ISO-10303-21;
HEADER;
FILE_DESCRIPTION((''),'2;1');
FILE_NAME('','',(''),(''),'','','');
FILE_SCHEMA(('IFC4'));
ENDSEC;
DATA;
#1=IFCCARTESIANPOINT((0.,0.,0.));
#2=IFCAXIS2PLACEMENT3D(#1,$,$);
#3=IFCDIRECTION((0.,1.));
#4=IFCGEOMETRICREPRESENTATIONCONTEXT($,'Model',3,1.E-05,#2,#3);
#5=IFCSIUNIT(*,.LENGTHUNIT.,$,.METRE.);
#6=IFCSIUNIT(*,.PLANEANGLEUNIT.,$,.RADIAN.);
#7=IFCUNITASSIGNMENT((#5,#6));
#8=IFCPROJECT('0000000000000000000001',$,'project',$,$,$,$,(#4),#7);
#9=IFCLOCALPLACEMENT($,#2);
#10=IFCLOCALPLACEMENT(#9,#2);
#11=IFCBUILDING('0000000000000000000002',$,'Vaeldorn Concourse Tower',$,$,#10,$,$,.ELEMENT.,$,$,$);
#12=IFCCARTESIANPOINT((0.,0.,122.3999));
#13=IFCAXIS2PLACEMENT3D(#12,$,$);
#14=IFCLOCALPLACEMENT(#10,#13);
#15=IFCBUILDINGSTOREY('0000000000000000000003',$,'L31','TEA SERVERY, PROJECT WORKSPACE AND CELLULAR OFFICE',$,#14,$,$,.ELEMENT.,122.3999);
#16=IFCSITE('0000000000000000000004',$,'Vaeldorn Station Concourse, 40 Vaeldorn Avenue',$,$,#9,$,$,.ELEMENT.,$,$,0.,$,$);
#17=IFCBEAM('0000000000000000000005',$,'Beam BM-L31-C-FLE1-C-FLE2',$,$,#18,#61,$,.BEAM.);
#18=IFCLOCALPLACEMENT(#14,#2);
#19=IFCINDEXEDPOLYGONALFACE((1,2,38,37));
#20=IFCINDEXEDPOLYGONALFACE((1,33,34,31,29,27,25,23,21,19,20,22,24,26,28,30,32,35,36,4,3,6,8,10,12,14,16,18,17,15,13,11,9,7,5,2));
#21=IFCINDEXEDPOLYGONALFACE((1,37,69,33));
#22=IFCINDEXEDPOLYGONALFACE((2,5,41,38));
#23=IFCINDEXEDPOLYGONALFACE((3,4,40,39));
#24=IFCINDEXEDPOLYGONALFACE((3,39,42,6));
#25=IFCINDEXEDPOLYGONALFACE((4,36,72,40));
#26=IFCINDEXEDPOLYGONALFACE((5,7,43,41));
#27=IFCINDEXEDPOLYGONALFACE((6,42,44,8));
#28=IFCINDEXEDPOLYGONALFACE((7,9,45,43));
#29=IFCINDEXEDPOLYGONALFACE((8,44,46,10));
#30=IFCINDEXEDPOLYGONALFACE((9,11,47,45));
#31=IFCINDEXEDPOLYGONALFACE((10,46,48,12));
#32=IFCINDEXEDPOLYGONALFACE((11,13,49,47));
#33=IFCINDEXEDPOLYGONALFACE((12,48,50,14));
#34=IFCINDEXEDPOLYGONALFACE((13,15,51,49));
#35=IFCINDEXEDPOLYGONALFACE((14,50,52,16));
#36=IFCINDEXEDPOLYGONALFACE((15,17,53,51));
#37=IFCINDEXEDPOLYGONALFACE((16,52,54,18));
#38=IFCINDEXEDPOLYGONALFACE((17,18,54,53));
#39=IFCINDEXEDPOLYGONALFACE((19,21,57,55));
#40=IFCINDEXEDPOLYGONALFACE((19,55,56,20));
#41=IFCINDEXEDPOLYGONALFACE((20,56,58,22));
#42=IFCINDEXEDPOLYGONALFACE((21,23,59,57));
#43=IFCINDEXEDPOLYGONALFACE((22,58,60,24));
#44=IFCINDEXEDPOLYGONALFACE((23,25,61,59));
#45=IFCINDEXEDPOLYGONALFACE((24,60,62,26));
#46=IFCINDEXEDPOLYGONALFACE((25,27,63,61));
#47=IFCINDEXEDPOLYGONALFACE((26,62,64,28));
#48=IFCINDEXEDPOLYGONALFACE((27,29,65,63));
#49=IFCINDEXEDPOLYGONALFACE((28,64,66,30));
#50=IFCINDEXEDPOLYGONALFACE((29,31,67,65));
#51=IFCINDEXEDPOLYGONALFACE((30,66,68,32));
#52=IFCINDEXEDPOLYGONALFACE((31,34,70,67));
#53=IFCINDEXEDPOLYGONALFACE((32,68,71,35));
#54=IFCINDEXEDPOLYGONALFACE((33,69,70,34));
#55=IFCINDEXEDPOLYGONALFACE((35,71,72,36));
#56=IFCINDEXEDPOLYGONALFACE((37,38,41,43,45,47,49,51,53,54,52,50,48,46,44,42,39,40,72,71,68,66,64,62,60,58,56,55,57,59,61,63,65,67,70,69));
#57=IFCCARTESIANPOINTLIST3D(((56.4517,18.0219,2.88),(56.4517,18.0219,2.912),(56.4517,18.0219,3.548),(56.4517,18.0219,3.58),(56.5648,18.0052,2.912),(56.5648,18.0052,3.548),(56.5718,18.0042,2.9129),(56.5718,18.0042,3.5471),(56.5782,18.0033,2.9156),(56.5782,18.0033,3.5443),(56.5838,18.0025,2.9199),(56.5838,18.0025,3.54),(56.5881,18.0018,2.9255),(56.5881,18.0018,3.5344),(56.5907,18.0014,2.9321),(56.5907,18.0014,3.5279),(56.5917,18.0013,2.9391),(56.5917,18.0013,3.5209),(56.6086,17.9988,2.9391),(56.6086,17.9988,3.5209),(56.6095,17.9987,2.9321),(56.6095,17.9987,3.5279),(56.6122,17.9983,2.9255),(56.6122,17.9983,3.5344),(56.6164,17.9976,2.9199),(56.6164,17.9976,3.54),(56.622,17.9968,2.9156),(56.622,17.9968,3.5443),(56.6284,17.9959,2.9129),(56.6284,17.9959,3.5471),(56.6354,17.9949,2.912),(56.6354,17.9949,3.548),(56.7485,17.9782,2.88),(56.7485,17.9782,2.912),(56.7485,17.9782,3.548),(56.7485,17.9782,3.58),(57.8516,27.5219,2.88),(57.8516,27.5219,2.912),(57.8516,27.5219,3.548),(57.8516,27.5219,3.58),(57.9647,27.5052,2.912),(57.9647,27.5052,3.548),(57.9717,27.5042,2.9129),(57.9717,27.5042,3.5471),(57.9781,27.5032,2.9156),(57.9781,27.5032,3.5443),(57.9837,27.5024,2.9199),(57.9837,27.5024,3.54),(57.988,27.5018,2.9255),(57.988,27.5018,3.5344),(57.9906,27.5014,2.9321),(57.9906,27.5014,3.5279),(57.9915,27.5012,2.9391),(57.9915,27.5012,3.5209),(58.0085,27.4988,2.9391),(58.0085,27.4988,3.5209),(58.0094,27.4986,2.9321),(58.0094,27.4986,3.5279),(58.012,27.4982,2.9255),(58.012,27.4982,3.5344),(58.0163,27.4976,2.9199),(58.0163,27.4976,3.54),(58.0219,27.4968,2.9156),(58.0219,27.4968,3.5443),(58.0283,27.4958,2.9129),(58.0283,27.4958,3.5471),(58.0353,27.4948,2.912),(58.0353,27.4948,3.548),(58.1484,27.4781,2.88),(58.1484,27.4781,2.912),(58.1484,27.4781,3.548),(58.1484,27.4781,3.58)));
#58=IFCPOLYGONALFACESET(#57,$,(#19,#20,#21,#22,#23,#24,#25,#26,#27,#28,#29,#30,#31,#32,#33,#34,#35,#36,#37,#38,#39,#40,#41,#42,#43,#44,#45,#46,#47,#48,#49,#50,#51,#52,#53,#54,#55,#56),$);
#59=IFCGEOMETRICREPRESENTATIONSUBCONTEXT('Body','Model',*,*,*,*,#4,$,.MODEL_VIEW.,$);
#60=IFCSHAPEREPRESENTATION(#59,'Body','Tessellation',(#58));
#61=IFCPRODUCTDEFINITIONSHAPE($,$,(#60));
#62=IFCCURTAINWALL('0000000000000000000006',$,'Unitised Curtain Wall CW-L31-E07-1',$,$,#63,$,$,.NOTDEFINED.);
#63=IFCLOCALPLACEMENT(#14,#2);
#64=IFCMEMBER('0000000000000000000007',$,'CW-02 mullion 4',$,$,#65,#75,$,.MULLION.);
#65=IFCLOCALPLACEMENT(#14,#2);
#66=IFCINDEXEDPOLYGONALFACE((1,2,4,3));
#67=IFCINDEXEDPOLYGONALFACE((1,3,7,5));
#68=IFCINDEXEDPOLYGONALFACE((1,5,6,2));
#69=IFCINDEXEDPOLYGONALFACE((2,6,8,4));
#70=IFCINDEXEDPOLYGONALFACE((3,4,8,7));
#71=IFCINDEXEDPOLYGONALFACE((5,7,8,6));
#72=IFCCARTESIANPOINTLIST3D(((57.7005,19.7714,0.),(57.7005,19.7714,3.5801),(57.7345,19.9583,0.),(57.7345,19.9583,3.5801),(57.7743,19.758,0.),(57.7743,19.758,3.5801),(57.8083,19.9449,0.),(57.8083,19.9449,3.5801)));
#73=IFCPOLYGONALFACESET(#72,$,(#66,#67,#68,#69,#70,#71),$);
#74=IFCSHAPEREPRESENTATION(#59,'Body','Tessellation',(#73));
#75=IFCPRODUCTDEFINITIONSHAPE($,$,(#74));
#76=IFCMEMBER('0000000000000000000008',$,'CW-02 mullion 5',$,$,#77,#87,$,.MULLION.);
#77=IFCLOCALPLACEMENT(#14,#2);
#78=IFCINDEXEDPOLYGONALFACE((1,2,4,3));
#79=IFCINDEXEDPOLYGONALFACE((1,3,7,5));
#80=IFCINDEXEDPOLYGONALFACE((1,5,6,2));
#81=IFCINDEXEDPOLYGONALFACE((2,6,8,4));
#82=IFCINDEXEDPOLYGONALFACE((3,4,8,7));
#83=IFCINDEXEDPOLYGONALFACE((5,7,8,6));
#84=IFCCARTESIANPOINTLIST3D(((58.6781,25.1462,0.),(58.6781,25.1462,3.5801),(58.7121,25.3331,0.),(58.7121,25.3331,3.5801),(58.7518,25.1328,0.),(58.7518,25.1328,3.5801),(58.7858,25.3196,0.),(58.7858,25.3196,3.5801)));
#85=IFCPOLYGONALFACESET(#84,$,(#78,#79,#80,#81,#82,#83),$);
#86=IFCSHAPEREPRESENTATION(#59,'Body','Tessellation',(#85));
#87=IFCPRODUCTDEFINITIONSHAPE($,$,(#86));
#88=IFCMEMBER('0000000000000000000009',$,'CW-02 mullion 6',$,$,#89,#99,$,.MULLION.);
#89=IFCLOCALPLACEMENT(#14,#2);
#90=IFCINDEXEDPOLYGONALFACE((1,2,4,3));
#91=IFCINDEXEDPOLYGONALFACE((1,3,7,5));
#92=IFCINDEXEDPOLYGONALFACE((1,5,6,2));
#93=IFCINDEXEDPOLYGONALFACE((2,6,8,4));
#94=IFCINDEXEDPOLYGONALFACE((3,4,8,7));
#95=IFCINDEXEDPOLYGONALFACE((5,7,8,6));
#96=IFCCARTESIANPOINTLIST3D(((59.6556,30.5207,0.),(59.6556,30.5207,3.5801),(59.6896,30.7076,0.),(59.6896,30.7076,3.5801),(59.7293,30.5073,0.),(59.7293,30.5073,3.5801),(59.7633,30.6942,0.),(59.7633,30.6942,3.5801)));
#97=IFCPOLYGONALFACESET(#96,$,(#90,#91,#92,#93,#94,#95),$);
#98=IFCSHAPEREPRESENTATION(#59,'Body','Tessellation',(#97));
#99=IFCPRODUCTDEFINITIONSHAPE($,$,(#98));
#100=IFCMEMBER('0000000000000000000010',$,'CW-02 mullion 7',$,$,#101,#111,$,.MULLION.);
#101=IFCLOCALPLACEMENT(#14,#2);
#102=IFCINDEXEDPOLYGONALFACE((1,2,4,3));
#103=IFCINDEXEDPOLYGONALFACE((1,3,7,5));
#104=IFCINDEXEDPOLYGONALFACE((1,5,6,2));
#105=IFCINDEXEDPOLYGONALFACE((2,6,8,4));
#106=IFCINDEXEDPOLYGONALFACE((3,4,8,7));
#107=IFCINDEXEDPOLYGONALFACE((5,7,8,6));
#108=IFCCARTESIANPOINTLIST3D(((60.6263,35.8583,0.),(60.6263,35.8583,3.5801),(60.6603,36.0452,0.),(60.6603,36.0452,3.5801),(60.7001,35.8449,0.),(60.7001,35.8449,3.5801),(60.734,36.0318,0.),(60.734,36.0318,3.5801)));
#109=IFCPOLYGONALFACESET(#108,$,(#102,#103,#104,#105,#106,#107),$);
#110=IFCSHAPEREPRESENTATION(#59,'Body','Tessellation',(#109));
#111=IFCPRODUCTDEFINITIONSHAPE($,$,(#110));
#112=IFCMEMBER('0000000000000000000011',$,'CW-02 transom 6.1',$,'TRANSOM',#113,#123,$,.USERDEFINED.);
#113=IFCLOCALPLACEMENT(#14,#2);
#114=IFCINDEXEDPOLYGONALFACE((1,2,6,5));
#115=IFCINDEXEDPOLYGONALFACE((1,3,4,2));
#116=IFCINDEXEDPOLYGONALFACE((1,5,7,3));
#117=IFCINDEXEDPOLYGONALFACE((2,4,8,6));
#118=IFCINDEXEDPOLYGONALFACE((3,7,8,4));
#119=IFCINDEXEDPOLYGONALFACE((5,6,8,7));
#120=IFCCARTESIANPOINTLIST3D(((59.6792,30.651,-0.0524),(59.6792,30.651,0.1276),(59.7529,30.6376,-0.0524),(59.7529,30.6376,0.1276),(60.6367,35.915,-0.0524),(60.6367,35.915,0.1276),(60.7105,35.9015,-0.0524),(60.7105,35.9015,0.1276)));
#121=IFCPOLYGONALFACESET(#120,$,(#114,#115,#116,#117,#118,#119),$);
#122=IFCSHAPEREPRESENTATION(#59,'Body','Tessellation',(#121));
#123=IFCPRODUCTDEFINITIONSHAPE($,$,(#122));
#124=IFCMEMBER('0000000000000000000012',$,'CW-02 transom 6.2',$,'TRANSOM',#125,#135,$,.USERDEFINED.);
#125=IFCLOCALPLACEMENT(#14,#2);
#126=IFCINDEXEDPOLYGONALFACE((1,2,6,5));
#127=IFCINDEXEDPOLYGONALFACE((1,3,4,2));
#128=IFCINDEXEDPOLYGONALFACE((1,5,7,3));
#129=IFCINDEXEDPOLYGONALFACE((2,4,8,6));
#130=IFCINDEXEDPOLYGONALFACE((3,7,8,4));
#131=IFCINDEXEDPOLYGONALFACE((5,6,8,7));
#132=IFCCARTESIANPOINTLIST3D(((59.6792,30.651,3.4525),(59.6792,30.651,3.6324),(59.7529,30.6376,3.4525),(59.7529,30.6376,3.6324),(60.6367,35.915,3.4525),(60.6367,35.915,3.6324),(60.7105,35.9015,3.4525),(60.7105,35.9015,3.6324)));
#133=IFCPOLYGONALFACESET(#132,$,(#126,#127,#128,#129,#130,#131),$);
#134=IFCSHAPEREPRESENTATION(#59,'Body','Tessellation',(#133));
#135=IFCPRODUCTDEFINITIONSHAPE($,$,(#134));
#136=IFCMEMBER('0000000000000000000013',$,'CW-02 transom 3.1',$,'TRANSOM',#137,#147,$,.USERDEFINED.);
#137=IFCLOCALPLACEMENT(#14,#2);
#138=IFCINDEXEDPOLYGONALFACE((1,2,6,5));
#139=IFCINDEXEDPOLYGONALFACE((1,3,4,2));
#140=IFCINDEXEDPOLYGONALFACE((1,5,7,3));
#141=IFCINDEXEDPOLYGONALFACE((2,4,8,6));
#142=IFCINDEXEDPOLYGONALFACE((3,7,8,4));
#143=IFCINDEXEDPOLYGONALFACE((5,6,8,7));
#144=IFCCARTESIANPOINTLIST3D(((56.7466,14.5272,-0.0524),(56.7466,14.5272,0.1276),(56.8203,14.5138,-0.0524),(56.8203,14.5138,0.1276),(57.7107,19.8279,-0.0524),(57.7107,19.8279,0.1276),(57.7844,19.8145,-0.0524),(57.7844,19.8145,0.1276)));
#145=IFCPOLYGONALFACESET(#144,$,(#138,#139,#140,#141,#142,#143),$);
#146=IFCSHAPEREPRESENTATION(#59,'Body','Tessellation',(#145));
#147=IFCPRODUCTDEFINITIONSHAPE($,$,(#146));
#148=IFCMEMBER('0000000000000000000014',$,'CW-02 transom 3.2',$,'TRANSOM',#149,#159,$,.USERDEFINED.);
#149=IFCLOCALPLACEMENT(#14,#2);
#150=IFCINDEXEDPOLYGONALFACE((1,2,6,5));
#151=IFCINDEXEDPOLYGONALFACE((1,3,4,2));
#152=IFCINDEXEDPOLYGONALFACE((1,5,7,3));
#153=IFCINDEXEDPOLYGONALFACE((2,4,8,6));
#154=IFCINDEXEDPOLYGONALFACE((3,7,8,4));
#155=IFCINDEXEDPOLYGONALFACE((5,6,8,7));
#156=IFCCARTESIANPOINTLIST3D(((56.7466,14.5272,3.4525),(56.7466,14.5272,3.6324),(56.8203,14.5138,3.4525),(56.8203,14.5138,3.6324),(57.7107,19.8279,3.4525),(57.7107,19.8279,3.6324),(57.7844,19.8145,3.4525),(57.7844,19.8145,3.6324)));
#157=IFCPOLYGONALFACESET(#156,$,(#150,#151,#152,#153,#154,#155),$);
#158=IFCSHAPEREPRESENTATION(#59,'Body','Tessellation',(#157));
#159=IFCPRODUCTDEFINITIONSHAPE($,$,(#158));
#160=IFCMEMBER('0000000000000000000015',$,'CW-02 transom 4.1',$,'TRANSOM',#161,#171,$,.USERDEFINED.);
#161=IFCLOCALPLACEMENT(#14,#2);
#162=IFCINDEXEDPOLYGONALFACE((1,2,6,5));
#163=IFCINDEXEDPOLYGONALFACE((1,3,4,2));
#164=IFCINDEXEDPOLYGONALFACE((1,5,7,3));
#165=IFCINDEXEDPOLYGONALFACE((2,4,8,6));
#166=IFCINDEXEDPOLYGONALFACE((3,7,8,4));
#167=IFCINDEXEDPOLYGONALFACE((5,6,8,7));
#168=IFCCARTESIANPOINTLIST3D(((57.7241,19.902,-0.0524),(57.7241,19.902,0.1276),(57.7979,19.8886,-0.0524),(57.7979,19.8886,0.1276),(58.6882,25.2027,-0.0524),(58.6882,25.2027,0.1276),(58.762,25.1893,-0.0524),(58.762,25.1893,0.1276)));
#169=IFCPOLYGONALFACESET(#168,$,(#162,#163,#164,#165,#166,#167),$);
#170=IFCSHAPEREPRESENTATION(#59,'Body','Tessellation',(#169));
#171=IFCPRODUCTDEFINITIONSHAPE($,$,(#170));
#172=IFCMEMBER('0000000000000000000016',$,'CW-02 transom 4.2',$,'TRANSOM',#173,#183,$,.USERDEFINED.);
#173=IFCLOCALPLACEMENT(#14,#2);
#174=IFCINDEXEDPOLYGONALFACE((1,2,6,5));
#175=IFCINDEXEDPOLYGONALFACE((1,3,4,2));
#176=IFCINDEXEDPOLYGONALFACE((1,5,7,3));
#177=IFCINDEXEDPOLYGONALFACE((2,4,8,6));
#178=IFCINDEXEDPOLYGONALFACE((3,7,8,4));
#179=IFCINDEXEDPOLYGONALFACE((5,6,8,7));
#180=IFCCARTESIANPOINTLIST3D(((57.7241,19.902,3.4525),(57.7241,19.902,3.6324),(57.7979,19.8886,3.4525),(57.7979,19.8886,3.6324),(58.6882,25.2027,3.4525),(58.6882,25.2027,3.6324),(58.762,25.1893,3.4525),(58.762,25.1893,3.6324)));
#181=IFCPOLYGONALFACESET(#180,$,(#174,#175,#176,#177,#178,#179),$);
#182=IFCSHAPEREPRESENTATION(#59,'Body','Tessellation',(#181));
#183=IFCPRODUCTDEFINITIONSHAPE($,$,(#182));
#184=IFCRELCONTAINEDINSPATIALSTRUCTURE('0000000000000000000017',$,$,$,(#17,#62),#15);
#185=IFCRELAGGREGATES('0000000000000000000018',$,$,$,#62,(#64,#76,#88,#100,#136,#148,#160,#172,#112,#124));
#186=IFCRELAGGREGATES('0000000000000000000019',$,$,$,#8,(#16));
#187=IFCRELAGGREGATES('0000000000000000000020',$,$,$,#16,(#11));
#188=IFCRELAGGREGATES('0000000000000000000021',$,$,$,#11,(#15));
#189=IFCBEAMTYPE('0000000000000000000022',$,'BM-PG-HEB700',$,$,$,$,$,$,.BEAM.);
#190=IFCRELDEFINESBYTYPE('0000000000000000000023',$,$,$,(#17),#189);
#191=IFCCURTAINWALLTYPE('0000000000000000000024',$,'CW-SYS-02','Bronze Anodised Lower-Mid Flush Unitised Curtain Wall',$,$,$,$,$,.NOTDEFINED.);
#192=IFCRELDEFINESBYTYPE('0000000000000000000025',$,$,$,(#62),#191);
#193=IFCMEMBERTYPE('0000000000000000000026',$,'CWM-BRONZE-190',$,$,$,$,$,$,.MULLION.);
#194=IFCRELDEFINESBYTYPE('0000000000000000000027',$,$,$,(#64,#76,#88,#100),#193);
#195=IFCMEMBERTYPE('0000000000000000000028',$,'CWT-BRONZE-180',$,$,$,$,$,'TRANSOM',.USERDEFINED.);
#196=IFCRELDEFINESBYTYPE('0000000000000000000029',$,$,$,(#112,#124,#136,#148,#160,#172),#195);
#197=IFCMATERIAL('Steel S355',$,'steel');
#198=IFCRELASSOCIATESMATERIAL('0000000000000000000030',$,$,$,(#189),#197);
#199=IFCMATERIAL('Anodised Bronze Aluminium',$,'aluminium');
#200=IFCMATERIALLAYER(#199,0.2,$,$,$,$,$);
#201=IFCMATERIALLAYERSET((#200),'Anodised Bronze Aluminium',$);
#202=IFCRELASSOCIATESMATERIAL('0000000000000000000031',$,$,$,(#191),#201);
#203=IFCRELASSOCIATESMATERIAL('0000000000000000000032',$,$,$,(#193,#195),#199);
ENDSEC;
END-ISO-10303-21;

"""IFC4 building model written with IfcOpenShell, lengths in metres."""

from ifc_helpers import new_model, si_unit, direction, frame, origin, origin_2d, place, context, subcontext, project, spatial, rectangle, i_section, extrude, source, transform, mapped, material, layer, layer_set, material_profile, profile_set, type_object, element, aggregate, save


model = new_model("IFC4")

# Units and contexts
model_context = context("Model", 3, precision=1e-05, world=origin(), true_north=direction((0.0, 1.0)))
body_context = subcontext(model_context, "Body", "Model", "MODEL_VIEW")
ifc_project = project(units=[si_unit("LENGTHUNIT", "METRE"), si_unit("PLANEANGLEUNIT", "RADIAN")], contexts=[model_context])

# Site, building, storey
site_placement = place(None, origin())
site = spatial("IfcSite", under=ifc_project, at=site_placement, Name="Vaeldorn Station Concourse, 40 Vaeldorn Avenue", CompositionType="ELEMENT", RefElevation=0.0)
building_placement = place(site_placement, origin())
building = spatial("IfcBuilding", under=site, at=building_placement, Name="Vaeldorn Concourse Tower", CompositionType="ELEMENT")
storey_placement = place(building_placement, frame((0.0, 0.0, 122.3999)))
storey = spatial("IfcBuildingStorey", under=building, at=storey_placement, Name="L31", Description="TEA SERVERY, PROJECT WORKSPACE AND CELLULAR OFFICE", CompositionType="ELEMENT", Elevation=122.3999)

# Beam
ifc_material_1 = material(Name="Steel S355", Category="steel")
ifc_material_profile_1 = material_profile(ifc_material_1, i_section(OverallWidth=0.3, OverallDepth=0.7, WebThickness=0.0171, FlangeThickness=0.032, FilletRadius=0.0271, at=origin_2d()), Name="HEB 700")
ifc_profile_set_1 = profile_set([ifc_material_profile_1], Name="Steel S355")
beam_type_1 = type_object("IfcBeamType", Name="BM-PG-HEB700", PredefinedType="BEAM", material=ifc_profile_set_1)
shared_shape_1 = source(origin(), body_context, "Body", "SweptSolid", [
    extrude(i_section(OverallWidth=0.3, OverallDepth=0.7, WebThickness=0.0171, FlangeThickness=0.032, FilletRadius=0.0271, at=origin_2d()), origin(), (0.0, 0.0, 1.0), 9.6025),
])
beam_1_placement = place(storey_placement, frame((58.0, 27.5, 3.23), z_axis=(-0.145784, -0.989316, 0.0), x_axis=(0.989316, -0.145784, 0.0)))
element("IfcBeam", 1, at=beam_1_placement, inside=storey, type_object=beam_type_1, Name="Beam BM-L31-C-FLE1-C-FLE2", PredefinedType="BEAM", context=body_context, shape_type="MappedRepresentation", body=[
    mapped(shared_shape_1, transform((0.0, 0.0, 0.0), scale=1.0)),
])

# Curtain wall, members
ifc_material_2 = material(Name="Anodised Bronze Aluminium", Category="aluminium")
ifc_layer_1 = layer(ifc_material_2, 0.2)
ifc_layer_set_1 = layer_set([ifc_layer_1], Name="Anodised Bronze Aluminium")
curtain_wall_type = type_object("IfcCurtainWallType", Name="CW-SYS-02", Description="Bronze Anodised Lower-Mid Flush Unitised Curtain Wall", PredefinedType="NOTDEFINED", material=ifc_layer_set_1)
curtain_wall_placement = place(storey_placement, origin())
curtain_wall = element("IfcCurtainWall", 2, at=curtain_wall_placement, inside=storey, type_object=curtain_wall_type, Name="Unitised Curtain Wall CW-L31-E07-1", PredefinedType="NOTDEFINED")
ifc_material_profile_2 = material_profile(ifc_material_2, rectangle(XDim=0.075, YDim=0.1899, at=origin_2d()), Name="CWM 75x190")
ifc_profile_set_2 = profile_set([ifc_material_profile_2], Name="Anodised Bronze Aluminium")
member_type_1 = type_object("IfcMemberType", Name="CWM-BRONZE-190", PredefinedType="MULLION", material=ifc_profile_set_2)
shared_shape_2 = source(origin(), body_context, "Body", "SweptSolid", [
    extrude(rectangle(XDim=0.075, YDim=0.1899, at=origin_2d()), origin(), (0.0, 0.0, 1.0), 3.5801),
])
member_1_placement = place(storey_placement, frame((57.7544, 19.8582, 0.0), z_axis=(0.0, 0.0, 1.0), x_axis=(-0.983859, 0.178945, 0.0)))
member_1 = element("IfcMember", 3, at=member_1_placement, type_object=member_type_1, Name="CW-02 mullion 4", PredefinedType="MULLION", context=body_context, shape_type="MappedRepresentation", body=[
    mapped(shared_shape_2, transform((0.0, 0.0, 0.0), scale=1.0)),
])
member_2_placement = place(storey_placement, frame((58.7319, 25.2329, 0.0), z_axis=(0.0, 0.0, 1.0), x_axis=(-0.983859, 0.178945, 0.0)))
member_2 = element("IfcMember", 4, at=member_2_placement, type_object=member_type_1, Name="CW-02 mullion 5", PredefinedType="MULLION", context=body_context, shape_type="MappedRepresentation", body=[
    mapped(shared_shape_2, transform((0.0, 0.0, 0.0), scale=1.0)),
])
member_3_placement = place(storey_placement, frame((59.7095, 30.6074, 0.0), z_axis=(0.0, 0.0, 1.0), x_axis=(-0.983859, 0.178945, 0.0)))
member_3 = element("IfcMember", 5, at=member_3_placement, type_object=member_type_1, Name="CW-02 mullion 6", PredefinedType="MULLION", context=body_context, shape_type="MappedRepresentation", body=[
    mapped(shared_shape_2, transform((0.0, 0.0, 0.0), scale=1.0)),
])
member_4_placement = place(storey_placement, frame((60.6802, 35.9451, 0.0), z_axis=(0.0, 0.0, 1.0), x_axis=(-0.983859, 0.178945, 0.0)))
member_4 = element("IfcMember", 6, at=member_4_placement, type_object=member_type_1, Name="CW-02 mullion 7", PredefinedType="MULLION", context=body_context, shape_type="MappedRepresentation", body=[
    mapped(shared_shape_2, transform((0.0, 0.0, 0.0), scale=1.0)),
])
ifc_material_profile_3 = material_profile(ifc_material_2, rectangle(XDim=0.075, YDim=0.1799, at=origin_2d()), Name="CWT 75x180")
ifc_profile_set_3 = profile_set([ifc_material_profile_3], Name="Anodised Bronze Aluminium")
member_type_2 = type_object("IfcMemberType", Name="CWT-BRONZE-180", ElementType="TRANSOM", PredefinedType="USERDEFINED", material=ifc_profile_set_3)
shared_shape_3 = source(origin(), body_context, "Body", "SweptSolid", [
    extrude(rectangle(XDim=0.075, YDim=0.1799, at=origin_2d()), origin(), (0.0, 0.0, 1.0), 5.3503),
])
member_5_placement = place(storey_placement, frame((59.7161, 30.6443, 0.0376), z_axis=(0.178966, 0.983855, 0.0), x_axis=(-0.983855, 0.178966, 0.0)))
member_5 = element("IfcMember", 7, at=member_5_placement, type_object=member_type_2, Name="CW-02 transom 6.1", ObjectType="TRANSOM", PredefinedType="USERDEFINED", context=body_context, shape_type="MappedRepresentation", body=[
    mapped(shared_shape_3, transform((0.0, 0.0, 0.0), scale=1.0)),
])
member_6_placement = place(storey_placement, frame((59.7161, 30.6443, 3.5425), z_axis=(0.178966, 0.983855, 0.0), x_axis=(-0.983855, 0.178966, 0.0)))
member_6 = element("IfcMember", 8, at=member_6_placement, type_object=member_type_2, Name="CW-02 transom 6.2", ObjectType="TRANSOM", PredefinedType="USERDEFINED", context=body_context, shape_type="MappedRepresentation", body=[
    mapped(shared_shape_3, transform((0.0, 0.0, 0.0), scale=1.0)),
])
shared_shape_4 = source(origin(), body_context, "Body", "SweptSolid", [
    extrude(rectangle(XDim=0.075, YDim=0.1799, at=origin_2d()), origin(), (0.0, 0.0, 1.0), 5.3877),
])
member_7_placement = place(storey_placement, frame((56.7834, 14.5205, 0.0376), z_axis=(0.178945, 0.983859, 0.0), x_axis=(-0.983859, 0.178945, 0.0)))
member_7 = element("IfcMember", 9, at=member_7_placement, type_object=member_type_2, Name="CW-02 transom 3.1", ObjectType="TRANSOM", PredefinedType="USERDEFINED", context=body_context, shape_type="MappedRepresentation", body=[
    mapped(shared_shape_4, transform((0.0, 0.0, 0.0), scale=1.0)),
])
member_8_placement = place(storey_placement, frame((56.7834, 14.5205, 3.5425), z_axis=(0.178945, 0.983859, 0.0), x_axis=(-0.983859, 0.178945, 0.0)))
member_8 = element("IfcMember", 10, at=member_8_placement, type_object=member_type_2, Name="CW-02 transom 3.2", ObjectType="TRANSOM", PredefinedType="USERDEFINED", context=body_context, shape_type="MappedRepresentation", body=[
    mapped(shared_shape_4, transform((0.0, 0.0, 0.0), scale=1.0)),
])
member_9_placement = place(storey_placement, frame((57.761, 19.8953, 0.0376), z_axis=(0.178945, 0.983859, 0.0), x_axis=(-0.983859, 0.178945, 0.0)))
member_9 = element("IfcMember", 11, at=member_9_placement, type_object=member_type_2, Name="CW-02 transom 4.1", ObjectType="TRANSOM", PredefinedType="USERDEFINED", context=body_context, shape_type="MappedRepresentation", body=[
    mapped(shared_shape_4, transform((0.0, 0.0, 0.0), scale=1.0)),
])
member_10_placement = place(storey_placement, frame((57.761, 19.8953, 3.5425), z_axis=(0.178945, 0.983859, 0.0), x_axis=(-0.983859, 0.178945, 0.0)))
member_10 = element("IfcMember", 12, at=member_10_placement, type_object=member_type_2, Name="CW-02 transom 4.2", ObjectType="TRANSOM", PredefinedType="USERDEFINED", context=body_context, shape_type="MappedRepresentation", body=[
    mapped(shared_shape_4, transform((0.0, 0.0, 0.0), scale=1.0)),
])
aggregate(curtain_wall, [member_1, member_2, member_3, member_4, member_7, member_8, member_9, member_10, member_5, member_6])

save(model, "model.ifc")
